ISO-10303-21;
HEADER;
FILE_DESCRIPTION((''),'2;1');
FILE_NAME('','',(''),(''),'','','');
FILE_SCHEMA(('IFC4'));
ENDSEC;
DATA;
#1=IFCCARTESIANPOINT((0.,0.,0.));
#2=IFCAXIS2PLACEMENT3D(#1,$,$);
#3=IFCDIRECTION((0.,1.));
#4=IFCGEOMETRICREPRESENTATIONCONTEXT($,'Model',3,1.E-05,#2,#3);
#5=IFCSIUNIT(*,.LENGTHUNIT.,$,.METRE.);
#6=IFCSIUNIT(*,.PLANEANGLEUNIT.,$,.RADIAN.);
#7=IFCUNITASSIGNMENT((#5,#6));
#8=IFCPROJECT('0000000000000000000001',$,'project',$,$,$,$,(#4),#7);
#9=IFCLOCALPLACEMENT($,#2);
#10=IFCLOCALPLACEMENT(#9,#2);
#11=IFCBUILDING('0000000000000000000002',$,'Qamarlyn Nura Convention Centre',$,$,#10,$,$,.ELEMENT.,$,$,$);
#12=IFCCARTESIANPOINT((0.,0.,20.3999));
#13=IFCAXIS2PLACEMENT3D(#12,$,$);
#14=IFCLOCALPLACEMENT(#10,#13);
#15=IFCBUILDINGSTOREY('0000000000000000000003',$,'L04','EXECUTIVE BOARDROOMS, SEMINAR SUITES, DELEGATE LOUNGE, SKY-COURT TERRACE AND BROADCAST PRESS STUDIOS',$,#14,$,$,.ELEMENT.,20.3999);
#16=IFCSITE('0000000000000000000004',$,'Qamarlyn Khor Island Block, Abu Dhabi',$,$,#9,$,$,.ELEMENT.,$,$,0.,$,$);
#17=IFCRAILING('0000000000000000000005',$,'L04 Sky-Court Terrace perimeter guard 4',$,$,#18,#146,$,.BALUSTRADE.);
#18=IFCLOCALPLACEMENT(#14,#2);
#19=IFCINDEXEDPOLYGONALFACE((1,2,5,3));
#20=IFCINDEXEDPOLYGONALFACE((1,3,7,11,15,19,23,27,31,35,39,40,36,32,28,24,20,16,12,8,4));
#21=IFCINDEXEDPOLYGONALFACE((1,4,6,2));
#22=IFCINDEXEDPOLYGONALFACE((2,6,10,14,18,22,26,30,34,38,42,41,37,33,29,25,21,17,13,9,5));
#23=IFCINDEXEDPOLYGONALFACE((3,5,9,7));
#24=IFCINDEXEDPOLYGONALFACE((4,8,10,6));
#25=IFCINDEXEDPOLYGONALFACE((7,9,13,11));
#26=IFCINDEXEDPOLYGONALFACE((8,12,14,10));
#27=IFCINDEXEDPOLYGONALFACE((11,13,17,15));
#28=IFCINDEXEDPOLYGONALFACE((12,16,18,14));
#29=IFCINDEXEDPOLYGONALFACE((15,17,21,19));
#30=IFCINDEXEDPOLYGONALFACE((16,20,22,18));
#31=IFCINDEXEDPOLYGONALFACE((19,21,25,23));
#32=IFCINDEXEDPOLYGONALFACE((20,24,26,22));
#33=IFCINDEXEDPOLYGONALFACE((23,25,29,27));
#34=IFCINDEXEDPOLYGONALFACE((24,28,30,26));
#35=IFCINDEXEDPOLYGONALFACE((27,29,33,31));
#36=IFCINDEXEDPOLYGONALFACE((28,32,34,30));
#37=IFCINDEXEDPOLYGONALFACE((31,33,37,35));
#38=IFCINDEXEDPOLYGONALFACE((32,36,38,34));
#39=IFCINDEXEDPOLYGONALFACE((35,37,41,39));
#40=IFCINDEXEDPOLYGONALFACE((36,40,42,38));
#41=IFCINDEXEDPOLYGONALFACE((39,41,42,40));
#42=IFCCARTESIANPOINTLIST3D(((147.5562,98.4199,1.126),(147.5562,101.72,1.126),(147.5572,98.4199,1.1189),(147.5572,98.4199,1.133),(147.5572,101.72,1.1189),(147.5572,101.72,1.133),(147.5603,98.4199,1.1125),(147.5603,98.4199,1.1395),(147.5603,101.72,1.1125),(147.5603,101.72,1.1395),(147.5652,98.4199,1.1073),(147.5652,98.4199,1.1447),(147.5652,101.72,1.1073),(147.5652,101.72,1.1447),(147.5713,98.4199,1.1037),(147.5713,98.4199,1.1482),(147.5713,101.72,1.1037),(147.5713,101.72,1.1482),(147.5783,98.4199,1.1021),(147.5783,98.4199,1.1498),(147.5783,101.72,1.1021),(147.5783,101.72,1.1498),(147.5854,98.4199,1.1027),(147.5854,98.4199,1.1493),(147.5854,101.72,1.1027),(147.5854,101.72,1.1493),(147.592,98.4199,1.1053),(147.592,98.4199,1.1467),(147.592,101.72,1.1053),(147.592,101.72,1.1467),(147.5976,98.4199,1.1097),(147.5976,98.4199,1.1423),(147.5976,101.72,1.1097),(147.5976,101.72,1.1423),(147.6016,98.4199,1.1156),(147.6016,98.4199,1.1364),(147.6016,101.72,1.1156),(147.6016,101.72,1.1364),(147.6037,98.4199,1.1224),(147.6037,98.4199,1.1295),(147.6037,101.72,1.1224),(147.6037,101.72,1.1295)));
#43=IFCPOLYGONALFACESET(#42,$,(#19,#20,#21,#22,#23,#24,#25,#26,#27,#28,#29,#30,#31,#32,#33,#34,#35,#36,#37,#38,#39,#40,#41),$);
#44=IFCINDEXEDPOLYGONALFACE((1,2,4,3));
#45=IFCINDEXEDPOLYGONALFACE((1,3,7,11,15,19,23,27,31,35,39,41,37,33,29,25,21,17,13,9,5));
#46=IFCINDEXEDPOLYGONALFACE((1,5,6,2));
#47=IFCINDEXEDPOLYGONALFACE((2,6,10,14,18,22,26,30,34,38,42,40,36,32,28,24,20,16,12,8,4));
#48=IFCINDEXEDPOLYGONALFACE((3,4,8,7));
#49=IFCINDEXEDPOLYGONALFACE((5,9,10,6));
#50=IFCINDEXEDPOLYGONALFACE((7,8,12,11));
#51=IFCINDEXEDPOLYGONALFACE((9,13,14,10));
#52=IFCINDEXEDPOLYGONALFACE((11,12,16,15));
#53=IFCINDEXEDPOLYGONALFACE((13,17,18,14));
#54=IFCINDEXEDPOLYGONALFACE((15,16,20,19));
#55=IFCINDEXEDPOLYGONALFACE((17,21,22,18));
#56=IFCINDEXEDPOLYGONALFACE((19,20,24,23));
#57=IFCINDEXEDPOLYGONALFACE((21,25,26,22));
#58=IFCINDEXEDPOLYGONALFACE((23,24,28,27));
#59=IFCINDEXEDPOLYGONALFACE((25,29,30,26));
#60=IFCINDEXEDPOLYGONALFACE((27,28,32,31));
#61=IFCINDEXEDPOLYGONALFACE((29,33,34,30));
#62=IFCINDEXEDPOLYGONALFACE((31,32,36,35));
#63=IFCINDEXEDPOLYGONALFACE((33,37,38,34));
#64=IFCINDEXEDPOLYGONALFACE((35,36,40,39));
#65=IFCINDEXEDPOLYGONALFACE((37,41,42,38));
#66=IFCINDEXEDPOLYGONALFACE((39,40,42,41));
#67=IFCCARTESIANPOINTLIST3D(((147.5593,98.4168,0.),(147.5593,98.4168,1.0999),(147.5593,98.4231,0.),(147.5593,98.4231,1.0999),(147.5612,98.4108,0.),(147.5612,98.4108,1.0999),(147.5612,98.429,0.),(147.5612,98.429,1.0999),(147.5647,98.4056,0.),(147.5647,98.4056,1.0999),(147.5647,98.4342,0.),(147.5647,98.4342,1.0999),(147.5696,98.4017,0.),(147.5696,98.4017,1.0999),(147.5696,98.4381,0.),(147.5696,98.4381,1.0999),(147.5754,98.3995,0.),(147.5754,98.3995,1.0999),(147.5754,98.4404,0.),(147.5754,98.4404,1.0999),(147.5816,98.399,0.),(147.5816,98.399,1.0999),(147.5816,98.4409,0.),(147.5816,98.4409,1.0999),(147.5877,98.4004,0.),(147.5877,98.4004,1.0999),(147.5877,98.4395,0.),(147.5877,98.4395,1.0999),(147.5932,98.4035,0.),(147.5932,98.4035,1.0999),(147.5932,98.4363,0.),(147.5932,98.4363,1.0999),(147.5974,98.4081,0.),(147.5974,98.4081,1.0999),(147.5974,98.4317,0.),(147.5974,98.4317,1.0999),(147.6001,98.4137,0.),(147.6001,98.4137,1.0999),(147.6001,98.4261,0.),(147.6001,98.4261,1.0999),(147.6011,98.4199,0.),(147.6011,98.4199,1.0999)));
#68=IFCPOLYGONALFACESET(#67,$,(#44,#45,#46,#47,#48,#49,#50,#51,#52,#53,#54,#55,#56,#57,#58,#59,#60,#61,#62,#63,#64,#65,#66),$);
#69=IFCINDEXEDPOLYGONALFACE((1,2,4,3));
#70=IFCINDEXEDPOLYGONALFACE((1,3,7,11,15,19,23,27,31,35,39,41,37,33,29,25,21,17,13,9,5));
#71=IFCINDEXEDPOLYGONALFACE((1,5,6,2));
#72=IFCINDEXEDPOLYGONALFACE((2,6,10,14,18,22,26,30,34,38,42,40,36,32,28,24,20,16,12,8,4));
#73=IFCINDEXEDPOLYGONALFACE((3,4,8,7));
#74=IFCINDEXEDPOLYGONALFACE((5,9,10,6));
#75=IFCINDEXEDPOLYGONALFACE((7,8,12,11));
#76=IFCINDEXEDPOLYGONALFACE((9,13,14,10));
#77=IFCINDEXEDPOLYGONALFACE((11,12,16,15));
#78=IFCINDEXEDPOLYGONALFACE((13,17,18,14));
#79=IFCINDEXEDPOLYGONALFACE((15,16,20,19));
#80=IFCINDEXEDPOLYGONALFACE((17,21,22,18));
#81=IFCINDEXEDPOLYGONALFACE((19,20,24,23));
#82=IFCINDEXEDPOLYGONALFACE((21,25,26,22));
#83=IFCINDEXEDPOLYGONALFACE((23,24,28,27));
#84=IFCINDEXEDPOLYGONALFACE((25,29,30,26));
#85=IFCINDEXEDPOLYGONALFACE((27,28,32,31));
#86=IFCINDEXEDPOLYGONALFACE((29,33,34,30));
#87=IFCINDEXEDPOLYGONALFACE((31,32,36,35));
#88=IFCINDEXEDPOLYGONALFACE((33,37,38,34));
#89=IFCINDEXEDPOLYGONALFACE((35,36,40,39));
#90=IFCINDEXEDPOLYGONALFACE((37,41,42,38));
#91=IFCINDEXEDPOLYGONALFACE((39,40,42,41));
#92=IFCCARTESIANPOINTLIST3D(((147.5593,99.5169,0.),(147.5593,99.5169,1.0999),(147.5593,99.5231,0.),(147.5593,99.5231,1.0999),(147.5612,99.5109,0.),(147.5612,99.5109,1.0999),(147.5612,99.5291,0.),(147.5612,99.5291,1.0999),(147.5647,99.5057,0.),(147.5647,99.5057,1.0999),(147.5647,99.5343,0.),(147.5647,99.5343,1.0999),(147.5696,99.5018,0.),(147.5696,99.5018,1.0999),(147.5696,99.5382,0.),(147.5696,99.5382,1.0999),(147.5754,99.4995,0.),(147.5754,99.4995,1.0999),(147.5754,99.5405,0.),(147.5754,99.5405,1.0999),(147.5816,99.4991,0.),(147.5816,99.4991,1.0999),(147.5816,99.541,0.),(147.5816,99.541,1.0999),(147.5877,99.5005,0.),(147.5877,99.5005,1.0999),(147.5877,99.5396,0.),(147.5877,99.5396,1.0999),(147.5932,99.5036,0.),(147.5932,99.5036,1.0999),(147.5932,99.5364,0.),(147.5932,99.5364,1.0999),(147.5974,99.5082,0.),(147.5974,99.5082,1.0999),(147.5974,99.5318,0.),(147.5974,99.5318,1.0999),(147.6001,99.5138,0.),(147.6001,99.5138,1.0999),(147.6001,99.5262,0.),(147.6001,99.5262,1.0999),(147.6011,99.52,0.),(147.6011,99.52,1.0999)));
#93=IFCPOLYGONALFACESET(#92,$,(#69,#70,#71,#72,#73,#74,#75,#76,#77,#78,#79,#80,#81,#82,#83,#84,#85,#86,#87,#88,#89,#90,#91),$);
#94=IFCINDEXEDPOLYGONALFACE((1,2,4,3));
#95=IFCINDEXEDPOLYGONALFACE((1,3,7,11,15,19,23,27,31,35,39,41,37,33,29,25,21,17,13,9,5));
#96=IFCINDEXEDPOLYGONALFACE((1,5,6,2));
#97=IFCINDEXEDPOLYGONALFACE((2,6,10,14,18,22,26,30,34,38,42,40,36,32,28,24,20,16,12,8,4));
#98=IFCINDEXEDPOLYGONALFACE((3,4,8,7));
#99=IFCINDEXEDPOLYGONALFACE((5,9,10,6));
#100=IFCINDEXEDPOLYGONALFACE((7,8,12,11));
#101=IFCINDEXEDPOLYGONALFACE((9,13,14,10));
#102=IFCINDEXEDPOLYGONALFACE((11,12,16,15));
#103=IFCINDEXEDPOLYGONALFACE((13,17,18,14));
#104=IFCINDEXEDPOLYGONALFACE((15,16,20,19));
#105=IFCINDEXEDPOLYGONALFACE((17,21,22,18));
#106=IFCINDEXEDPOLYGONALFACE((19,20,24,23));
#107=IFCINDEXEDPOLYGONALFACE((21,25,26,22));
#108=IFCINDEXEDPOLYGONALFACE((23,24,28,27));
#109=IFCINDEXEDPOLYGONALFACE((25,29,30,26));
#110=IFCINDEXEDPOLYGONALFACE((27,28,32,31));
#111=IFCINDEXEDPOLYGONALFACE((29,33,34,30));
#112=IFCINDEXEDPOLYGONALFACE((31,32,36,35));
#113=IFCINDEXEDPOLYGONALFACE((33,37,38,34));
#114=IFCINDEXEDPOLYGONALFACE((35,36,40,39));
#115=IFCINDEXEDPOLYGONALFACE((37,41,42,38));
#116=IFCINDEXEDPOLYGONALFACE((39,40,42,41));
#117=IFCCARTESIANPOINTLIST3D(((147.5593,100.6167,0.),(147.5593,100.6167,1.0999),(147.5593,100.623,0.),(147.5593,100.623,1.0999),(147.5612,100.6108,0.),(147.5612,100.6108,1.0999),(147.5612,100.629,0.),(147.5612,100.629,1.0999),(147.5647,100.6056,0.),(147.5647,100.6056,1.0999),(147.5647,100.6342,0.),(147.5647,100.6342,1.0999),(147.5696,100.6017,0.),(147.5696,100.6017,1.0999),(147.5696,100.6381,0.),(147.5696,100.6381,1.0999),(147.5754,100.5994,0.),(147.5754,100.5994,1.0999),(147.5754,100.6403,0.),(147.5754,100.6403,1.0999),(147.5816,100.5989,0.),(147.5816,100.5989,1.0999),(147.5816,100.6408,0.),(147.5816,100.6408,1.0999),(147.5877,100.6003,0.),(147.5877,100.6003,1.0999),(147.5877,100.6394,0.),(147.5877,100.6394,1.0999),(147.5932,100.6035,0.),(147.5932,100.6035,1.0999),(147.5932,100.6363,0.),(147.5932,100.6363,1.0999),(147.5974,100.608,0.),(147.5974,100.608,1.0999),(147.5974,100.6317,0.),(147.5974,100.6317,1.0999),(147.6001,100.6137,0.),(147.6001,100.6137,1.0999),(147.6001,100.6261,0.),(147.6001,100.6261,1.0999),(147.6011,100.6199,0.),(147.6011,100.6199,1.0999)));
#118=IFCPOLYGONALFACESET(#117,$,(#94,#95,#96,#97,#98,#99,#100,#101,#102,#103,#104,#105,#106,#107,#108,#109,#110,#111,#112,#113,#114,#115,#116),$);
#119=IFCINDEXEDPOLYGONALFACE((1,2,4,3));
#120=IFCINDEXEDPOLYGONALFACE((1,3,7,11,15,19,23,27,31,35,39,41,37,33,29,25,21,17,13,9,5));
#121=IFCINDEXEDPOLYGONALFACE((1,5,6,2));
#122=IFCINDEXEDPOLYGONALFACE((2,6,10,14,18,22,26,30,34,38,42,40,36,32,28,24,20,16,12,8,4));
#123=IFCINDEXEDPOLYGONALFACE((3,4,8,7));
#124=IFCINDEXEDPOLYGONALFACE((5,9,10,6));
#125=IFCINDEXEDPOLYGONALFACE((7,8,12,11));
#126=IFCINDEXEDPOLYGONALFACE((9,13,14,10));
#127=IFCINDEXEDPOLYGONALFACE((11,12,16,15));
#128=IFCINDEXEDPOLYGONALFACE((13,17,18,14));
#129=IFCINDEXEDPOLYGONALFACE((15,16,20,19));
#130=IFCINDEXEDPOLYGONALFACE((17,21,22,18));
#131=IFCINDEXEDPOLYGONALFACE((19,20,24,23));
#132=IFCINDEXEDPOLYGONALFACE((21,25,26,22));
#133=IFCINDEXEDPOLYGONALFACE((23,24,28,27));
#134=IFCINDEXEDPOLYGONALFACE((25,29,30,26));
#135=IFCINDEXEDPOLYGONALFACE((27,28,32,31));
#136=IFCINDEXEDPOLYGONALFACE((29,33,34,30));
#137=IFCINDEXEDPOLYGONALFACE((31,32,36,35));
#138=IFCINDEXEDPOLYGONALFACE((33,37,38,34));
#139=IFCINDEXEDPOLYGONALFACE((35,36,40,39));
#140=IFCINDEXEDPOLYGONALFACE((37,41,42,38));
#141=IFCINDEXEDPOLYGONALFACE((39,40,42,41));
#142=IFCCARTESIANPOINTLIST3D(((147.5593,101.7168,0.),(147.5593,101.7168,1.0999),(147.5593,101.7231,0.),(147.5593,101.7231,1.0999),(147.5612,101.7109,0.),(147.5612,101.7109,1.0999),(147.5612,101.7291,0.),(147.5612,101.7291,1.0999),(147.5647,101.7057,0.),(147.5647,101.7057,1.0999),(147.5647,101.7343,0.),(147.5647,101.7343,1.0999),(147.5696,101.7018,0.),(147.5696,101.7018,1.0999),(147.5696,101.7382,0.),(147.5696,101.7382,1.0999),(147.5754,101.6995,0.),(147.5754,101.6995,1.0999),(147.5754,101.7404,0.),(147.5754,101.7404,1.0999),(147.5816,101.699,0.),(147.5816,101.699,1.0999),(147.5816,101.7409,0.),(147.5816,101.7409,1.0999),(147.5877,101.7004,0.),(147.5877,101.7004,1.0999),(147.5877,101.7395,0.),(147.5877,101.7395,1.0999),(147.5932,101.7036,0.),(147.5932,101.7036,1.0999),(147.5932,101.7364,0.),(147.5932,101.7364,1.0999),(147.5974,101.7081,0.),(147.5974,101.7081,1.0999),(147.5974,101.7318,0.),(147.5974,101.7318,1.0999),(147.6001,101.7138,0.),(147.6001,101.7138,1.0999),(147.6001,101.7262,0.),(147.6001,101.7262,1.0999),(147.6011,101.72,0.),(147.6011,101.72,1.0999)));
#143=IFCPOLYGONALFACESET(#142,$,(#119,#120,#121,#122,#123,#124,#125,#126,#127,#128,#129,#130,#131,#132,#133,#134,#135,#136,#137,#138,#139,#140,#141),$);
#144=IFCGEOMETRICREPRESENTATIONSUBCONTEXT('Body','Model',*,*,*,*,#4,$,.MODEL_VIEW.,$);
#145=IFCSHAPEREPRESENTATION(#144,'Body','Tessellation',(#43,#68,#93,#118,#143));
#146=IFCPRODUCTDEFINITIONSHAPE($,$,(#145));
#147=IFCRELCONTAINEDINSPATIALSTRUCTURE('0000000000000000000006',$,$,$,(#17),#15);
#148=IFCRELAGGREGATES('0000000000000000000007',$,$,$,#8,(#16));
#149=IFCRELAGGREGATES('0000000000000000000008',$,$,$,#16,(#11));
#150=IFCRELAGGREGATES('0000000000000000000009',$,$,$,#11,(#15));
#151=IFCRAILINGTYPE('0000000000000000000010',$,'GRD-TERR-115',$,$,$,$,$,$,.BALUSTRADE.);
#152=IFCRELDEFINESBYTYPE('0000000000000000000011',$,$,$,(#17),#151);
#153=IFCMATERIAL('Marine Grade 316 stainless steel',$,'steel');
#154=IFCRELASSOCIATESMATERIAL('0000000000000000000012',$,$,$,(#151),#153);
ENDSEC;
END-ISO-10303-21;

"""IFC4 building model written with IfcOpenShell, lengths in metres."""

from ifc_helpers import new_model, si_unit, direction, frame, origin, origin_2d, place, context, subcontext, project, spatial, circle, extrude, material, type_object, element, save


model = new_model("IFC4")

# Units and contexts
model_context = context("Model", 3, precision=1e-05, world=origin(), true_north=direction((0.0, 1.0)))
body_context = subcontext(model_context, "Body", "Model", "MODEL_VIEW")
ifc_project = project(units=[si_unit("LENGTHUNIT", "METRE"), si_unit("PLANEANGLEUNIT", "RADIAN")], contexts=[model_context])

# Site, building, storey
site_placement = place(None, origin())
site = spatial("IfcSite", under=ifc_project, at=site_placement, Name="Qamarlyn Khor Island Block, Abu Dhabi", CompositionType="ELEMENT", RefElevation=0.0)
building_placement = place(site_placement, origin())
building = spatial("IfcBuilding", under=site, at=building_placement, Name="Qamarlyn Nura Convention Centre", CompositionType="ELEMENT")
storey_placement = place(building_placement, frame((0.0, 0.0, 20.3999)))
storey = spatial("IfcBuildingStorey", under=building, at=storey_placement, Name="L04", Description="EXECUTIVE BOARDROOMS, SEMINAR SUITES, DELEGATE LOUNGE, SKY-COURT TERRACE AND BROADCAST PRESS STUDIOS", CompositionType="ELEMENT", Elevation=20.3999)

# Railing
ifc_material_1 = material(Name="Marine Grade 316 stainless steel", Category="steel")
railing_type_1 = type_object("IfcRailingType", Name="GRD-TERR-115", PredefinedType="BALUSTRADE", material=ifc_material_1)
railing_1_placement = place(storey_placement, frame((147.5801, 98.4199, 0.0)))
element("IfcRailing", 1, at=railing_1_placement, inside=storey, type_object=railing_type_1, Name="L04 Sky-Court Terrace perimeter guard 4", PredefinedType="BALUSTRADE", context=body_context, shape_type="SweptSolid", body=[
    extrude(circle(Radius=0.0239, at=origin_2d()), frame((0.0, 0.0, 1.126), z_axis=(0.0, 1.0, 0.0), x_axis=(-1.0, 0.0, 0.0)), (0.0, 0.0, 1.0), 3.3),
    extrude(circle(Radius=0.021, at=origin_2d()), origin(), (0.0, 0.0, 1.0), 1.0999),
    extrude(circle(Radius=0.021, at=origin_2d()), frame((0.0, 1.1001, 0.0)), (0.0, 0.0, 1.0), 1.0999),
    extrude(circle(Radius=0.021, at=origin_2d()), frame((0.0, 2.2, 0.0)), (0.0, 0.0, 1.0), 1.0999),
    extrude(circle(Radius=0.021, at=origin_2d()), frame((0.0, 3.3, 0.0)), (0.0, 0.0, 1.0), 1.0999),
])

save(model, "model.ifc")
